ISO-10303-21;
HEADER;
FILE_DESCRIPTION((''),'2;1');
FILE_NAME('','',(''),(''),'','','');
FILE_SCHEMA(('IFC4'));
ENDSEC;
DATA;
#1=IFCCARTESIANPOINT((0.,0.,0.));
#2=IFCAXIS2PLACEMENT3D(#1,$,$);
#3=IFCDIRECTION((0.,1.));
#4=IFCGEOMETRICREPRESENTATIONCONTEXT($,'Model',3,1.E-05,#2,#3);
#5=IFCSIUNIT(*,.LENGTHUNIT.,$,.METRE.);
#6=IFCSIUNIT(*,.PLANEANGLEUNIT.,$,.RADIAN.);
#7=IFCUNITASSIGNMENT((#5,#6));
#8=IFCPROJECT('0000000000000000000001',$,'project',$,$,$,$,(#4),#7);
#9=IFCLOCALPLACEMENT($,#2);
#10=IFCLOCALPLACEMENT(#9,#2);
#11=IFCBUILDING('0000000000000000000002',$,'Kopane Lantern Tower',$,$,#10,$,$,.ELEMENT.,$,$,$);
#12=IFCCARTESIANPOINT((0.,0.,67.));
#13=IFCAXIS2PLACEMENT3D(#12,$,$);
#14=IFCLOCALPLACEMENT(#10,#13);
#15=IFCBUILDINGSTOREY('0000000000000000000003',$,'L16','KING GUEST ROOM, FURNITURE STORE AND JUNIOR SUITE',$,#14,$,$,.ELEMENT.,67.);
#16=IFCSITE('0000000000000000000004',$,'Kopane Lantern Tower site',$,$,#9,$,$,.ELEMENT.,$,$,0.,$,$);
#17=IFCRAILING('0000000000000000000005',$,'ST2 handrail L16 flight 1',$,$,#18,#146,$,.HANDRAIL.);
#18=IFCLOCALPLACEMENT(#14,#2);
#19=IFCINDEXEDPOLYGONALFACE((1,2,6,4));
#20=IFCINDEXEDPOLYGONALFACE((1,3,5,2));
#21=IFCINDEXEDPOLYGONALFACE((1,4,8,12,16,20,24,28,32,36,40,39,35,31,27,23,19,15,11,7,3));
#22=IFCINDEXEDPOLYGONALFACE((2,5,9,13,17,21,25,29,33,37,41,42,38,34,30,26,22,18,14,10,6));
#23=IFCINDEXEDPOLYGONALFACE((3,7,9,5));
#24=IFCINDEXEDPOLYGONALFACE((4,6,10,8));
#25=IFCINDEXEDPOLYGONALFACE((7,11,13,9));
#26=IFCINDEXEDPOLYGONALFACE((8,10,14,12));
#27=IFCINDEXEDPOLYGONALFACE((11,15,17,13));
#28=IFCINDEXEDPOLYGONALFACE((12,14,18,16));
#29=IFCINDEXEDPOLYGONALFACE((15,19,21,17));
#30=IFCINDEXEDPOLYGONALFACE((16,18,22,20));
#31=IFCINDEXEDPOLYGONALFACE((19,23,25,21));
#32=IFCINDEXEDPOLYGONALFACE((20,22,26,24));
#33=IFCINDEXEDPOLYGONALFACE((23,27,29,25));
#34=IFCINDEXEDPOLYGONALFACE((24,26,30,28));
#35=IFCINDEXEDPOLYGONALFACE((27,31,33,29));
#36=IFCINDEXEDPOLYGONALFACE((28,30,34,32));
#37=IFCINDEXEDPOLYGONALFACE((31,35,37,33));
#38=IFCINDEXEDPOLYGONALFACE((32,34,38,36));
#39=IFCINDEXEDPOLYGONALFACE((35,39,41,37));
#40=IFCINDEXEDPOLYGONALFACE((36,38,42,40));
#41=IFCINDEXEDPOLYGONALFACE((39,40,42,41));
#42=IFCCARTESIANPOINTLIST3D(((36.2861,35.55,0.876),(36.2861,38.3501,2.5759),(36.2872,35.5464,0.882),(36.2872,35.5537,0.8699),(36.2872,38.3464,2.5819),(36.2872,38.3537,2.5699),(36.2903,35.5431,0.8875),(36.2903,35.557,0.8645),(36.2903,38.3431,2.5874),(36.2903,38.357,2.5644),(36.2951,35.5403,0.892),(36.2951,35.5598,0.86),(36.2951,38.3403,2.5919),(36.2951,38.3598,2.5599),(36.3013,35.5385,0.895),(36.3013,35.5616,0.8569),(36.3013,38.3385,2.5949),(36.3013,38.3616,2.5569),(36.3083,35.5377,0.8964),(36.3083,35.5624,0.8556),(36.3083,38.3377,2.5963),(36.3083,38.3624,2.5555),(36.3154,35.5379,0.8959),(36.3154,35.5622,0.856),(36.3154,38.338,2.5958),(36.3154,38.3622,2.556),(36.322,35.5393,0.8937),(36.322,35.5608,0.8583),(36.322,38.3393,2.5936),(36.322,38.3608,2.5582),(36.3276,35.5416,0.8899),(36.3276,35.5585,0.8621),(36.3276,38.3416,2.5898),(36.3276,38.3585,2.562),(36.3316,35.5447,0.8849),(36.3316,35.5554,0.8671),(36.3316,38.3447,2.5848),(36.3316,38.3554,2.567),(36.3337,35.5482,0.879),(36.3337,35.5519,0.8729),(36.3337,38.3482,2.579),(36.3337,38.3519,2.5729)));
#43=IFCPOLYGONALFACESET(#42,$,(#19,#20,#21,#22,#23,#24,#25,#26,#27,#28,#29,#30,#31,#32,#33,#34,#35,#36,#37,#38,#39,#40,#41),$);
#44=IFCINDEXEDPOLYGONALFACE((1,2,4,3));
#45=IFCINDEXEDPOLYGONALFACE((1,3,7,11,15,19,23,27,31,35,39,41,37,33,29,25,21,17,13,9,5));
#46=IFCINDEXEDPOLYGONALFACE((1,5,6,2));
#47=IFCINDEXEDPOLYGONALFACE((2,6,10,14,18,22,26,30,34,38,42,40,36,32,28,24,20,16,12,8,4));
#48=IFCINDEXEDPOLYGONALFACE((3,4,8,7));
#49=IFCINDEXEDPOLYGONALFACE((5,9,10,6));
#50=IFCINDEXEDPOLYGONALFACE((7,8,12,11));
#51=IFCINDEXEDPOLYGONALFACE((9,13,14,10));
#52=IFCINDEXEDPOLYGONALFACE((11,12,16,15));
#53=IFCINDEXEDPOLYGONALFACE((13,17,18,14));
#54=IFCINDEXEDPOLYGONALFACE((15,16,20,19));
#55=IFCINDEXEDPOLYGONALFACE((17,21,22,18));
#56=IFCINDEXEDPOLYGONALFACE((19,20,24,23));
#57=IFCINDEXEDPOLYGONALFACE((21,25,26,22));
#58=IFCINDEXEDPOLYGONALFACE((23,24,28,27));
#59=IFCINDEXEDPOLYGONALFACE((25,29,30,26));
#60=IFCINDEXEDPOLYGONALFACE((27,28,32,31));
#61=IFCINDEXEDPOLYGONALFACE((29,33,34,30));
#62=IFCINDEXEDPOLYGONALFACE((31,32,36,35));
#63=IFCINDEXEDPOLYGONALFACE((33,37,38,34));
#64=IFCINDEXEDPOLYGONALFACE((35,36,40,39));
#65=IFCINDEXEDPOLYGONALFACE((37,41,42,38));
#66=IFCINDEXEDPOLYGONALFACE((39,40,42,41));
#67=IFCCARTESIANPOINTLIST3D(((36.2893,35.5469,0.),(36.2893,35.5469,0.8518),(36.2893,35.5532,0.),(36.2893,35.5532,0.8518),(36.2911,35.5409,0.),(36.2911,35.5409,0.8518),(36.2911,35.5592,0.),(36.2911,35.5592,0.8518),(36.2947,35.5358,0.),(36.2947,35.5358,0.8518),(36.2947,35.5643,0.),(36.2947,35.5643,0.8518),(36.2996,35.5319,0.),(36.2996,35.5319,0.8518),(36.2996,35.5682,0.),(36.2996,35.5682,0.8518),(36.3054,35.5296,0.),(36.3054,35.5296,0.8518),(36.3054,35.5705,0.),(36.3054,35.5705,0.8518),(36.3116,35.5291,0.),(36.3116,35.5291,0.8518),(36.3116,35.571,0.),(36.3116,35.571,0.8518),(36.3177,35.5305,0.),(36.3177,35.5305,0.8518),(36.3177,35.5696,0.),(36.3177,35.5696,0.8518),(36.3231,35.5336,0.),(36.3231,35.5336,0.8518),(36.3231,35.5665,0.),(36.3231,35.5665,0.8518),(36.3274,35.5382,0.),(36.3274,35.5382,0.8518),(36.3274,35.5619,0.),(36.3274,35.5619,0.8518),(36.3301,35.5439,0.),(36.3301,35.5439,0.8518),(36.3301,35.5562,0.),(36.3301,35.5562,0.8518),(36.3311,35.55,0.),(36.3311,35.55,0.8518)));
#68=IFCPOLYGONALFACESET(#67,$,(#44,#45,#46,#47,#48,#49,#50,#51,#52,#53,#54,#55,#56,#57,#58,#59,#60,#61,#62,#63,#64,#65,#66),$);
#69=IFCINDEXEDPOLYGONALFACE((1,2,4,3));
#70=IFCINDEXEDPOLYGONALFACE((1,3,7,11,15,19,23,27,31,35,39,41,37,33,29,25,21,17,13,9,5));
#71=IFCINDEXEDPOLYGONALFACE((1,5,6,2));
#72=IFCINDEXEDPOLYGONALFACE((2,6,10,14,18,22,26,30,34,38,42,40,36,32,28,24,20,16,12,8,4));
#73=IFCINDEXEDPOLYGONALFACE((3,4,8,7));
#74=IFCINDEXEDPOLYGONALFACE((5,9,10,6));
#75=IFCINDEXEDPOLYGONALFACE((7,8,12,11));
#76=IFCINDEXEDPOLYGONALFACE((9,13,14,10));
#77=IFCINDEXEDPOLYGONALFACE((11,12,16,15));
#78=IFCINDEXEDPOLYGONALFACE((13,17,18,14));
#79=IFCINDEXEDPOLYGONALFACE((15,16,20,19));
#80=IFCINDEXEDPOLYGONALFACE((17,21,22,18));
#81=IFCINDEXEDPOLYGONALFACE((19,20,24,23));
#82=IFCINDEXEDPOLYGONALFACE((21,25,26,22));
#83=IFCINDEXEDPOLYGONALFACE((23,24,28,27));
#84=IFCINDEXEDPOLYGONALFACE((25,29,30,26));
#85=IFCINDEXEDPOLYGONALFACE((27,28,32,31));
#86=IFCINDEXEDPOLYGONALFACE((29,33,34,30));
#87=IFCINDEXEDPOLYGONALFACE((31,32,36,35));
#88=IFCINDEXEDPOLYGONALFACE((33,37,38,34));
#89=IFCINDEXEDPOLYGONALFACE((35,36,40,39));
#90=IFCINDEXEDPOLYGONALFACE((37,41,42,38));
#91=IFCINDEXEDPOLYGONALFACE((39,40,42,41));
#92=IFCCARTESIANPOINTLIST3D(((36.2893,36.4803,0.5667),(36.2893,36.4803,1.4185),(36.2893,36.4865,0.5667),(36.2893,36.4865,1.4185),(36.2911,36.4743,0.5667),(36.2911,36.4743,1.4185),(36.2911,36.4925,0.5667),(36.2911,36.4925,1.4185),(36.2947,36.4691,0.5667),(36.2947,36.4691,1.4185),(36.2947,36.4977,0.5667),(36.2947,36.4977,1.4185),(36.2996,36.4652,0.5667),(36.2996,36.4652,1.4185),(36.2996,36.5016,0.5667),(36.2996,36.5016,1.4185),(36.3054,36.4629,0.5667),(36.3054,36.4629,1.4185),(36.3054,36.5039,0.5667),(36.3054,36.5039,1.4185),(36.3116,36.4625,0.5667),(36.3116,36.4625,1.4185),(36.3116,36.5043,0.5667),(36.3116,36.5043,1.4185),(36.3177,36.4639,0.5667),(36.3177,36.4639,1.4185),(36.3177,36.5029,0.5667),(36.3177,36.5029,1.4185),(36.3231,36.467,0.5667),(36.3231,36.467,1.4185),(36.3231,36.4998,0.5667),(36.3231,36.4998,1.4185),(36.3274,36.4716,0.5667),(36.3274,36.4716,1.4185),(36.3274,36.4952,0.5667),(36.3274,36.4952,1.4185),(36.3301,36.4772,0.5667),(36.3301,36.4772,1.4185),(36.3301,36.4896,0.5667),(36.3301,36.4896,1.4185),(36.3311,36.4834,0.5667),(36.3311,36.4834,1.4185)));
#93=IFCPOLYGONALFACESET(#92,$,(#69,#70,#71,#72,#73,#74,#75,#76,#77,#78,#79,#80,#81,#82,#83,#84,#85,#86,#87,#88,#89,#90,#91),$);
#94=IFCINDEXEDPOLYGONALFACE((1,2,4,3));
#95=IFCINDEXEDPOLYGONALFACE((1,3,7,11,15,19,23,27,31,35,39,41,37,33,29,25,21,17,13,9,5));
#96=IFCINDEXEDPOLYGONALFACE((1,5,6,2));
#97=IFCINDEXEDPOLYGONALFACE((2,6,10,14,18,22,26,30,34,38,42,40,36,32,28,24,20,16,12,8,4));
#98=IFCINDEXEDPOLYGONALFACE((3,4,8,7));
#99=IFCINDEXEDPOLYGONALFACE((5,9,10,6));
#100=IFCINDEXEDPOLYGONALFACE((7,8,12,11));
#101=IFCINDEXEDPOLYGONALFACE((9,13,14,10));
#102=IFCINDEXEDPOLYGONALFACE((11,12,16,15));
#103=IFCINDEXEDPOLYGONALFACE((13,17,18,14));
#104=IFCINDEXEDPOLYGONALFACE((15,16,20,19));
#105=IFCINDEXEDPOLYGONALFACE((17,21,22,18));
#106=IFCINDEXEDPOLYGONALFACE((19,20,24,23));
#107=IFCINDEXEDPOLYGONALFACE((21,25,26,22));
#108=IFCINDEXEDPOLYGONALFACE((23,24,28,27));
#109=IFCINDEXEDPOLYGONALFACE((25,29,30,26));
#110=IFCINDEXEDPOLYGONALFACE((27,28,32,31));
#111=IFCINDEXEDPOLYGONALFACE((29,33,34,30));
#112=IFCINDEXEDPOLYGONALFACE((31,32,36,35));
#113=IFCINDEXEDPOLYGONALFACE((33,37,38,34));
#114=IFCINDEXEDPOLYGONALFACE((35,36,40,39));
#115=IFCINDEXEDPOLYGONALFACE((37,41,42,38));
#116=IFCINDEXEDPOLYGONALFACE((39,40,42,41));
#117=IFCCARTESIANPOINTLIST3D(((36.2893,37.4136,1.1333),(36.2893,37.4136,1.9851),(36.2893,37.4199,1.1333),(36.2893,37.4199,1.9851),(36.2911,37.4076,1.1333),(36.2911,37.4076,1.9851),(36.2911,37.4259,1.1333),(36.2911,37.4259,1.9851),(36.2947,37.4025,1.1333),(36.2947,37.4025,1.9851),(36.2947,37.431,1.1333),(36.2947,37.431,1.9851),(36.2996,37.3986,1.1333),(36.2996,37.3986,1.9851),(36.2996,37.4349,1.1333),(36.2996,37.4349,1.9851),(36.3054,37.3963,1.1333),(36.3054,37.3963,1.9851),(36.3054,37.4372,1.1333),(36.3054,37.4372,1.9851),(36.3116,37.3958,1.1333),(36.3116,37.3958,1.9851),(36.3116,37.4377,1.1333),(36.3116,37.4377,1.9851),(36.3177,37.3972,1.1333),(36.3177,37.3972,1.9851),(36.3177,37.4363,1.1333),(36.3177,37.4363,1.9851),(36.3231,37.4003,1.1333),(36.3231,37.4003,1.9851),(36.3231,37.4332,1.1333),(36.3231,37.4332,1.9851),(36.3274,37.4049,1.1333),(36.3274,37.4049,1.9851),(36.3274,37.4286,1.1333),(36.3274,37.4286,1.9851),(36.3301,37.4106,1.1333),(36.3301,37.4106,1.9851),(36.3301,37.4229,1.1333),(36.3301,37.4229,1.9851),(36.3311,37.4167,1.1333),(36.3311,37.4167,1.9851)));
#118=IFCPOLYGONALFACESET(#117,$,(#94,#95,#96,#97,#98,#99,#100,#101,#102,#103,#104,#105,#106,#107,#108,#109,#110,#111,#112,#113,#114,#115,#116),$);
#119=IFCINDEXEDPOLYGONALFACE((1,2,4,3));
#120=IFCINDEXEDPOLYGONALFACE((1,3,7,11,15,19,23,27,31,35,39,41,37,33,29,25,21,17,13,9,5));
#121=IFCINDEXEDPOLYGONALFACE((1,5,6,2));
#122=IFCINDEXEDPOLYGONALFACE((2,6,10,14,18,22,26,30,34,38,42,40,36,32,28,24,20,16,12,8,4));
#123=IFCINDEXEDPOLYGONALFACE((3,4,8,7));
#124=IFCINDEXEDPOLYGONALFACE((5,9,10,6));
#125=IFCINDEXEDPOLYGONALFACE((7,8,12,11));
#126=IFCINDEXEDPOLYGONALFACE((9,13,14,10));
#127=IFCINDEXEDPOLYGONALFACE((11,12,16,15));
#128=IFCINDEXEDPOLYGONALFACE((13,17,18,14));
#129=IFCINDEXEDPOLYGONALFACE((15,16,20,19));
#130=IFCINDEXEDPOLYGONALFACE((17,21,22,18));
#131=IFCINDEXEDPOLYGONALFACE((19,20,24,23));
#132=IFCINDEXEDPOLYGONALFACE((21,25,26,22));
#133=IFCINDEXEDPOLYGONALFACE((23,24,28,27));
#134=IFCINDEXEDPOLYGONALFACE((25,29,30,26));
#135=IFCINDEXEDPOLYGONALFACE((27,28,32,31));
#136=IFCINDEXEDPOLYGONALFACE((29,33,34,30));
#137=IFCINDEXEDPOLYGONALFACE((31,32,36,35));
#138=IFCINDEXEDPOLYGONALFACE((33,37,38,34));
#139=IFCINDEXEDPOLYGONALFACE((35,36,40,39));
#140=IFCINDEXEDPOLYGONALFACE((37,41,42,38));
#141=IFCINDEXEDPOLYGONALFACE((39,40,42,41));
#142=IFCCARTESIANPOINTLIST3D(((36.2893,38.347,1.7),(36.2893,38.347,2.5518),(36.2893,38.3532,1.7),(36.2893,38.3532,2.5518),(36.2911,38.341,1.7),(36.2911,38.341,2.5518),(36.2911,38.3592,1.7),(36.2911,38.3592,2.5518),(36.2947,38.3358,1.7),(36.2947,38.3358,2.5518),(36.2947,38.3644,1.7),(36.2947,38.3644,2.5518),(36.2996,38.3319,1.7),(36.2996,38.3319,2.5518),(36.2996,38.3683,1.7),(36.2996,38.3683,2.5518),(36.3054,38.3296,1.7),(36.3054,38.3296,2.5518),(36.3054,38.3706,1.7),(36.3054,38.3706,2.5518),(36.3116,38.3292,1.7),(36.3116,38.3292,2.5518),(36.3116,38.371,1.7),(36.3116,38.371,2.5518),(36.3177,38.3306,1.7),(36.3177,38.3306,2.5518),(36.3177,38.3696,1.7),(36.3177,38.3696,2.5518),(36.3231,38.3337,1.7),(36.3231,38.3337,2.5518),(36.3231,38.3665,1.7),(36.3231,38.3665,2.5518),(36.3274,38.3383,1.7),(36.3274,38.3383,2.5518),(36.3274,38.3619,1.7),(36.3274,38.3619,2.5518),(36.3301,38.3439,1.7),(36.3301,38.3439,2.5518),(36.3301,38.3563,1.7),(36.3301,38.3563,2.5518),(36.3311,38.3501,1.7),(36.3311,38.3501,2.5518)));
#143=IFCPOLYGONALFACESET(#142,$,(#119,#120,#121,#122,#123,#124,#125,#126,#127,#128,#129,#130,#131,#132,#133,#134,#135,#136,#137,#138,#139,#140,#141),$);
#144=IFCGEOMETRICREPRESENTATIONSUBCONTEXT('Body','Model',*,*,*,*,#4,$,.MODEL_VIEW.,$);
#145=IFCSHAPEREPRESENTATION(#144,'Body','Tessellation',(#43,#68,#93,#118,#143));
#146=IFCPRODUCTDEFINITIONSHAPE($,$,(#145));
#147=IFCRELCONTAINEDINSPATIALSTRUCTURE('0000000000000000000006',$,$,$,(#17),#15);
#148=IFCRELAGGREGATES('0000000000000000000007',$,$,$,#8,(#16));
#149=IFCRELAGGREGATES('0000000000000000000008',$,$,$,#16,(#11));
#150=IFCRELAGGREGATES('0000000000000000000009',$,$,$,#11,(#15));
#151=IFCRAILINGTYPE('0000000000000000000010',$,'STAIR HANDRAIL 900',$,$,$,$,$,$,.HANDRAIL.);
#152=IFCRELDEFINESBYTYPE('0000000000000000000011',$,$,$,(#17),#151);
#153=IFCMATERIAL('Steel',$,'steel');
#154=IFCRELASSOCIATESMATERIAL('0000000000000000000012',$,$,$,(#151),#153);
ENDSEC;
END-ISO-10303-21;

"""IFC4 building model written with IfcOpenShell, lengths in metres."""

from ifc_helpers import new_model, si_unit, direction, frame, origin, origin_2d, place, context, subcontext, project, spatial, circle, extrude, material, type_object, element, save


model = new_model("IFC4")

# Units and contexts
model_context = context("Model", 3, precision=1e-05, world=origin(), true_north=direction((0.0, 1.0)))
body_context = subcontext(model_context, "Body", "Model", "MODEL_VIEW")
ifc_project = project(units=[si_unit("LENGTHUNIT", "METRE"), si_unit("PLANEANGLEUNIT", "RADIAN")], contexts=[model_context])

# Site, building, storey
site_placement = place(None, origin())
site = spatial("IfcSite", under=ifc_project, at=site_placement, Name="Kopane Lantern Tower site", CompositionType="ELEMENT", RefElevation=0.0)
building_placement = place(site_placement, origin())
building = spatial("IfcBuilding", under=site, at=building_placement, Name="Kopane Lantern Tower", CompositionType="ELEMENT")
storey_placement = place(building_placement, frame((0.0, 0.0, 67.0)))
storey = spatial("IfcBuildingStorey", under=building, at=storey_placement, Name="L16", Description="KING GUEST ROOM, FURNITURE STORE AND JUNIOR SUITE", CompositionType="ELEMENT", Elevation=67.0)

# Railing
ifc_material_1 = material(Name="Steel", Category="steel")
railing_type = type_object("IfcRailingType", Name="STAIR HANDRAIL 900", PredefinedType="HANDRAIL", material=ifc_material_1)
for number, where, name in (
    (1, (36.3101, 35.55, 0.0), "ST2 handrail L16 flight 1"),
):
    element("IfcRailing", number, at=place(storey_placement, frame(where)), inside=storey, type_object=railing_type, Name=name, PredefinedType="HANDRAIL", context=body_context, shape_type="SweptSolid", body=[
        extrude(circle(Radius=0.0239, at=origin_2d()), frame((0.0, 0.0, 0.876), z_axis=(0.0, 0.854798, 0.518961), x_axis=(-1.0, 0.0, 0.0)), (0.0, 0.0, 1.0), 3.2756),
        extrude(circle(Radius=0.021, at=origin_2d()), origin(), (0.0, 0.0, 1.0), 0.8518),
        extrude(circle(Radius=0.021, at=origin_2d()), frame((0.0, 0.9333, 0.5667)), (0.0, 0.0, 1.0), 0.8518),
        extrude(circle(Radius=0.021, at=origin_2d()), frame((0.0, 1.8667, 1.1333)), (0.0, 0.0, 1.0), 0.8518),
        extrude(circle(Radius=0.021, at=origin_2d()), frame((0.0, 2.8, 1.7)), (0.0, 0.0, 1.0), 0.8518),
    ])

save(model, "model.ifc")
